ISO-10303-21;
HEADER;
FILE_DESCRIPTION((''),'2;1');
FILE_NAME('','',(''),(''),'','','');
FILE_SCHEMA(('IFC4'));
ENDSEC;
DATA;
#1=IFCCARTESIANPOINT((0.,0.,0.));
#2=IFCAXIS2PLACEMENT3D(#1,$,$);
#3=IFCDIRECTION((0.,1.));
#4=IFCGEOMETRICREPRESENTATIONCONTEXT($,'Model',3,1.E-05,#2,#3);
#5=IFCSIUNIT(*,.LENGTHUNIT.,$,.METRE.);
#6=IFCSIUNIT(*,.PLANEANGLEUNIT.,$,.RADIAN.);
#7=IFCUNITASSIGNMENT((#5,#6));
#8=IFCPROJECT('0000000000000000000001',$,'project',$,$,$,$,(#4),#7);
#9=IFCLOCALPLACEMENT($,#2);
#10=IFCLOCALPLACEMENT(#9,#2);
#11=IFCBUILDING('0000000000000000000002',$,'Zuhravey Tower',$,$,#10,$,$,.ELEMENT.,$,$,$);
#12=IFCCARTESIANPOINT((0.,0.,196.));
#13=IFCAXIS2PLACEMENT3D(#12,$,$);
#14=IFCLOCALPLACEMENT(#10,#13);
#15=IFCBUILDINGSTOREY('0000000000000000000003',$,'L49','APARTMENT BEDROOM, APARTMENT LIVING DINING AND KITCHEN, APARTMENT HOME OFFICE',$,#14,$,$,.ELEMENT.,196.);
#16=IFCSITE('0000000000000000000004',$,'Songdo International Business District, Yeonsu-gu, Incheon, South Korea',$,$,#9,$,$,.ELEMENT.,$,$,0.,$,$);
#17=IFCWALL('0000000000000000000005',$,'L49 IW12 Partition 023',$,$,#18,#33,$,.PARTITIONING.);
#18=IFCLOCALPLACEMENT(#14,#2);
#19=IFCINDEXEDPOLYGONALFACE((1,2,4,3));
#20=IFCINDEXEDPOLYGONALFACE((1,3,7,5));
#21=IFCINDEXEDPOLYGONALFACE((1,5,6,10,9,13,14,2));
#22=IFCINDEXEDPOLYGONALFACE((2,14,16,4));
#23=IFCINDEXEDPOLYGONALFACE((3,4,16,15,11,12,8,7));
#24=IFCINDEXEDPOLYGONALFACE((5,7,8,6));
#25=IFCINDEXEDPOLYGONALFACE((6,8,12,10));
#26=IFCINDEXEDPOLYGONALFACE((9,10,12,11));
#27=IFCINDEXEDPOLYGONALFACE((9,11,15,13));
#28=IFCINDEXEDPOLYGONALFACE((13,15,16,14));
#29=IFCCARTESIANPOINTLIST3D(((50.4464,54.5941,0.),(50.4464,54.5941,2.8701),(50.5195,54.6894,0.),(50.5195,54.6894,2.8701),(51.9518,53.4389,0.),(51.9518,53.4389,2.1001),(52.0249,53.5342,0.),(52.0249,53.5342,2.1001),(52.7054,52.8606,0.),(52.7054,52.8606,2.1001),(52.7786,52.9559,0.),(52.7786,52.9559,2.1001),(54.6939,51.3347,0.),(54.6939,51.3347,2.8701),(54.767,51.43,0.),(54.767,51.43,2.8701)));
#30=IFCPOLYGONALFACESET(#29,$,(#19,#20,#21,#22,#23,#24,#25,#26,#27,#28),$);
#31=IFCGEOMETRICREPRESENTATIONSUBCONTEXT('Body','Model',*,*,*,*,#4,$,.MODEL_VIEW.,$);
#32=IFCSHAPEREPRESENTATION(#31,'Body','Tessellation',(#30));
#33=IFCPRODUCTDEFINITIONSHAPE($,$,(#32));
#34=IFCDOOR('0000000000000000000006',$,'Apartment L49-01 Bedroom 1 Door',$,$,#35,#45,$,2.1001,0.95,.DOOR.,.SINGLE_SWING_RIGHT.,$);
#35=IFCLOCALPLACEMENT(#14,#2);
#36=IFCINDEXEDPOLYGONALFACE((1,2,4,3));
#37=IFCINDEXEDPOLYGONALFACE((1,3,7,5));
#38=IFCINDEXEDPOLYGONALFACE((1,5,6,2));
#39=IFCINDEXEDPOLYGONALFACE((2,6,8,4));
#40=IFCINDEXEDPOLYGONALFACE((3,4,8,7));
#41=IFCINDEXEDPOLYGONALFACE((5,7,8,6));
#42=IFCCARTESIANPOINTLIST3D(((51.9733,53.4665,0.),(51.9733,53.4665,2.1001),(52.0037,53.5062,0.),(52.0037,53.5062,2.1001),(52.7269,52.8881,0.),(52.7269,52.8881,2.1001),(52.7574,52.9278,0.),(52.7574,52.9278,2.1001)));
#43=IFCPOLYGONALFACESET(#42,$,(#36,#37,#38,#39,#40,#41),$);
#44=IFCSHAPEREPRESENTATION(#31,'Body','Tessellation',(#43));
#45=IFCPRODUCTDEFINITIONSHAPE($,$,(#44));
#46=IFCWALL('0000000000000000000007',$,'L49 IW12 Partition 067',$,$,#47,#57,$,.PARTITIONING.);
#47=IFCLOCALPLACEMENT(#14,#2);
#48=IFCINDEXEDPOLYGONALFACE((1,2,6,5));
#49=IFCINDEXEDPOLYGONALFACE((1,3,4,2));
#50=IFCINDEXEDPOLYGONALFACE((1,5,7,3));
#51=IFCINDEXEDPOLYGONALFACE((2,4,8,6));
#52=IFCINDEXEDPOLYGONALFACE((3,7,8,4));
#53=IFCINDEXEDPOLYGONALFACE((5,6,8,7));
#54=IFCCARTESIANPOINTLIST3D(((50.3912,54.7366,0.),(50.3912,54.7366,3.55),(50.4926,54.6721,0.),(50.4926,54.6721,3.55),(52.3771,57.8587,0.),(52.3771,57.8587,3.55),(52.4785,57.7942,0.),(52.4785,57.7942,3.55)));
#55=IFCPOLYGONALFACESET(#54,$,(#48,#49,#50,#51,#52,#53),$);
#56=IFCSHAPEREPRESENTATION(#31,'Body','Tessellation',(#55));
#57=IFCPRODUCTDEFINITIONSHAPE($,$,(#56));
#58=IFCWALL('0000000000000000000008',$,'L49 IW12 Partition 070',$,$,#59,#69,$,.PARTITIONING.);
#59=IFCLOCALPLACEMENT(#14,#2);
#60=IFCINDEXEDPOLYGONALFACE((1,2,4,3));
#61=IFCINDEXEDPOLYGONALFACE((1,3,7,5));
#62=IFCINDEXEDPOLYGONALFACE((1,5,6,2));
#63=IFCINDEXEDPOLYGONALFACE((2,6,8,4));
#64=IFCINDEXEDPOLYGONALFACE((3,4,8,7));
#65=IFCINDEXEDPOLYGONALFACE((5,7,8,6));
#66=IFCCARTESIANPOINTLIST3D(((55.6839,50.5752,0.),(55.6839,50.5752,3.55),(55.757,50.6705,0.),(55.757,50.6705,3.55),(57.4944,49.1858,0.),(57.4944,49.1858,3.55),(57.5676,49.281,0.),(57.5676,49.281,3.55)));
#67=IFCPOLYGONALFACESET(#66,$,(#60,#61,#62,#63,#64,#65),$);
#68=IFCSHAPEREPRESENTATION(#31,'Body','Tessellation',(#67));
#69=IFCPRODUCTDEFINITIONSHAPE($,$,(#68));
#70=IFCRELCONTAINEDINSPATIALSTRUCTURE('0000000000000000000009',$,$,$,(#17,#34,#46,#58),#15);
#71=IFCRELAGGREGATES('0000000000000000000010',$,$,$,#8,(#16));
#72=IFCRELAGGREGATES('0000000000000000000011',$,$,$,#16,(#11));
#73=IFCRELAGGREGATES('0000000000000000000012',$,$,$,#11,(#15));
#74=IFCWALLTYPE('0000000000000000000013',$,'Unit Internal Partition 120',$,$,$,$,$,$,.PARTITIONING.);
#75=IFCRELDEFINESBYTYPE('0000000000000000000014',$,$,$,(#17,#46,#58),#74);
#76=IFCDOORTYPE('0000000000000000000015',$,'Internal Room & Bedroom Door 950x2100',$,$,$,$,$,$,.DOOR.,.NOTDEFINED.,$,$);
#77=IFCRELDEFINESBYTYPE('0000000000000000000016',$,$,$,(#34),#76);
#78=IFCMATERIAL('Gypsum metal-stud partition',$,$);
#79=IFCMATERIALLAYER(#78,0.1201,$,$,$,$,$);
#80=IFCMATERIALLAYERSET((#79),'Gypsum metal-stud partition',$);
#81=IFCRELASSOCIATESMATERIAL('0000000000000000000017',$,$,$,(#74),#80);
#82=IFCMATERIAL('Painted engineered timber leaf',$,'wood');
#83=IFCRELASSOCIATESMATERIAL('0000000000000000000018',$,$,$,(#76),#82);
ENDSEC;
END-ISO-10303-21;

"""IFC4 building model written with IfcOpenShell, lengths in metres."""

from ifc_helpers import new_model, si_unit, direction, frame, frame_2d, origin, place, context, subcontext, project, spatial, rectangle, extrude, material, layer, layer_set, type_object, element, fill, save


model = new_model("IFC4")

# Units and contexts
model_context = context("Model", 3, precision=1e-05, world=origin(), true_north=direction((0.0, 1.0)))
body_context = subcontext(model_context, "Body", "Model", "MODEL_VIEW")
ifc_project = project(units=[si_unit("LENGTHUNIT", "METRE"), si_unit("PLANEANGLEUNIT", "RADIAN")], contexts=[model_context])

# Site, building, storey
site_placement = place(None, origin())
site = spatial("IfcSite", under=ifc_project, at=site_placement, Name="Songdo International Business District, Yeonsu-gu, Incheon, South Korea", CompositionType="ELEMENT", RefElevation=0.0)
building_placement = place(site_placement, origin())
building = spatial("IfcBuilding", under=site, at=building_placement, Name="Zuhravey Tower", CompositionType="ELEMENT")
storey_placement = place(building_placement, frame((0.0, 0.0, 196.0)))
storey = spatial("IfcBuildingStorey", under=building, at=storey_placement, Name="L49", Description="APARTMENT BEDROOM, APARTMENT LIVING DINING AND KITCHEN, APARTMENT HOME OFFICE", CompositionType="ELEMENT", Elevation=196.0)

# Shared definitions
ifc_material_1 = material(Name="Gypsum metal-stud partition")
ifc_layer_1 = layer(ifc_material_1, 0.1201)
ifc_layer_set_1 = layer_set([ifc_layer_1], Name="Gypsum metal-stud partition")
wall_type_1 = type_object("IfcWallType", Name="Unit Internal Partition 120", PredefinedType="PARTITIONING", material=ifc_layer_set_1)
ifc_material_2 = material(Name="Painted engineered timber leaf", Category="wood")
door_type = type_object("IfcDoorType", Name="Internal Room & Bedroom Door 950x2100", OperationType="NOTDEFINED", PredefinedType="DOOR", material=ifc_material_2)

# Wall, opening, door
wall_1_placement = place(storey_placement, frame((54.7305, 51.3823, 0.0), z_axis=(0.0, 0.0, 1.0), x_axis=(-0.79333, 0.608791, 0.0)))
wall_1 = element("IfcWall", 1, at=wall_1_placement, inside=storey, type_object=wall_type_1, Name="L49 IW12 Partition 023", PredefinedType="PARTITIONING", context=body_context, shape_type="SweptSolid", body=[
    extrude(rectangle(XDim=5.354, YDim=0.1201, at=frame_2d((2.677, 0.0))), origin(), (0.0, 0.0, 1.0), 2.8701),
])
opening_1_placement = place(wall_1_placement, frame((2.5063, 0.0, 0.0)))
opening_1 = element("IfcOpeningElement", 2, at=opening_1_placement, cuts=wall_1, PredefinedType="OPENING", context=body_context, shape_type="SweptSolid", body=[
    extrude(rectangle(XDim=0.95, YDim=2.1001, at=frame_2d((0.4751, 1.05))), frame((0.0, 0.072, 0.0), z_axis=(0.0, -1.0, 0.0), x_axis=(1.0, 0.0, 0.0)), (0.0, 0.0, 1.0), 0.144),
])
door_1_placement = place(opening_1_placement, frame((0.95, 0.0, 0.0), z_axis=(0.0, 0.0, 1.0), x_axis=(-1.0, 0.0, 0.0)))
door_1 = element("IfcDoor", 3, at=door_1_placement, inside=storey, type_object=door_type, Name="Apartment L49-01 Bedroom 1 Door", OperationType="SINGLE_SWING_RIGHT", OverallHeight=2.1001, OverallWidth=0.95, PredefinedType="DOOR", context=body_context, shape_type="SweptSolid", body=[
    extrude(rectangle(XDim=0.95, YDim=2.1001, at=frame_2d((0.4751, 1.05))), frame((0.0, 0.0249, 0.0), z_axis=(0.0, -1.0, 0.0), x_axis=(1.0, 0.0, 0.0)), (0.0, 0.0, 1.0), 0.05),
])
fill(opening_1, door_1)

# Walls
wall_2_placement = place(storey_placement, frame((50.4419, 54.7043, 0.0), z_axis=(0.0, 0.0, 1.0), x_axis=(0.536696, 0.843776, 0.0)))
element("IfcWall", 4, at=wall_2_placement, inside=storey, type_object=wall_type_1, Name="L49 IW12 Partition 067", PredefinedType="PARTITIONING", context=body_context, shape_type="SweptSolid", body=[
    extrude(rectangle(XDim=3.7002, YDim=0.1201, at=frame_2d((1.8501, 0.0))), origin(), (0.0, 0.0, 1.0), 3.55),
])
wall_3_placement = place(storey_placement, frame((57.531, 49.2334, 0.0), z_axis=(0.0, 0.0, 1.0), x_axis=(-0.793327, 0.608795, 0.0)))
element("IfcWall", 5, at=wall_3_placement, inside=storey, type_object=wall_type_1, Name="L49 IW12 Partition 070", PredefinedType="PARTITIONING", context=body_context, shape_type="SweptSolid", body=[
    extrude(rectangle(XDim=2.2822, YDim=0.1201, at=frame_2d((1.1411, 0.0))), origin(), (0.0, 0.0, 1.0), 3.55),
])

save(model, "model.ifc")
